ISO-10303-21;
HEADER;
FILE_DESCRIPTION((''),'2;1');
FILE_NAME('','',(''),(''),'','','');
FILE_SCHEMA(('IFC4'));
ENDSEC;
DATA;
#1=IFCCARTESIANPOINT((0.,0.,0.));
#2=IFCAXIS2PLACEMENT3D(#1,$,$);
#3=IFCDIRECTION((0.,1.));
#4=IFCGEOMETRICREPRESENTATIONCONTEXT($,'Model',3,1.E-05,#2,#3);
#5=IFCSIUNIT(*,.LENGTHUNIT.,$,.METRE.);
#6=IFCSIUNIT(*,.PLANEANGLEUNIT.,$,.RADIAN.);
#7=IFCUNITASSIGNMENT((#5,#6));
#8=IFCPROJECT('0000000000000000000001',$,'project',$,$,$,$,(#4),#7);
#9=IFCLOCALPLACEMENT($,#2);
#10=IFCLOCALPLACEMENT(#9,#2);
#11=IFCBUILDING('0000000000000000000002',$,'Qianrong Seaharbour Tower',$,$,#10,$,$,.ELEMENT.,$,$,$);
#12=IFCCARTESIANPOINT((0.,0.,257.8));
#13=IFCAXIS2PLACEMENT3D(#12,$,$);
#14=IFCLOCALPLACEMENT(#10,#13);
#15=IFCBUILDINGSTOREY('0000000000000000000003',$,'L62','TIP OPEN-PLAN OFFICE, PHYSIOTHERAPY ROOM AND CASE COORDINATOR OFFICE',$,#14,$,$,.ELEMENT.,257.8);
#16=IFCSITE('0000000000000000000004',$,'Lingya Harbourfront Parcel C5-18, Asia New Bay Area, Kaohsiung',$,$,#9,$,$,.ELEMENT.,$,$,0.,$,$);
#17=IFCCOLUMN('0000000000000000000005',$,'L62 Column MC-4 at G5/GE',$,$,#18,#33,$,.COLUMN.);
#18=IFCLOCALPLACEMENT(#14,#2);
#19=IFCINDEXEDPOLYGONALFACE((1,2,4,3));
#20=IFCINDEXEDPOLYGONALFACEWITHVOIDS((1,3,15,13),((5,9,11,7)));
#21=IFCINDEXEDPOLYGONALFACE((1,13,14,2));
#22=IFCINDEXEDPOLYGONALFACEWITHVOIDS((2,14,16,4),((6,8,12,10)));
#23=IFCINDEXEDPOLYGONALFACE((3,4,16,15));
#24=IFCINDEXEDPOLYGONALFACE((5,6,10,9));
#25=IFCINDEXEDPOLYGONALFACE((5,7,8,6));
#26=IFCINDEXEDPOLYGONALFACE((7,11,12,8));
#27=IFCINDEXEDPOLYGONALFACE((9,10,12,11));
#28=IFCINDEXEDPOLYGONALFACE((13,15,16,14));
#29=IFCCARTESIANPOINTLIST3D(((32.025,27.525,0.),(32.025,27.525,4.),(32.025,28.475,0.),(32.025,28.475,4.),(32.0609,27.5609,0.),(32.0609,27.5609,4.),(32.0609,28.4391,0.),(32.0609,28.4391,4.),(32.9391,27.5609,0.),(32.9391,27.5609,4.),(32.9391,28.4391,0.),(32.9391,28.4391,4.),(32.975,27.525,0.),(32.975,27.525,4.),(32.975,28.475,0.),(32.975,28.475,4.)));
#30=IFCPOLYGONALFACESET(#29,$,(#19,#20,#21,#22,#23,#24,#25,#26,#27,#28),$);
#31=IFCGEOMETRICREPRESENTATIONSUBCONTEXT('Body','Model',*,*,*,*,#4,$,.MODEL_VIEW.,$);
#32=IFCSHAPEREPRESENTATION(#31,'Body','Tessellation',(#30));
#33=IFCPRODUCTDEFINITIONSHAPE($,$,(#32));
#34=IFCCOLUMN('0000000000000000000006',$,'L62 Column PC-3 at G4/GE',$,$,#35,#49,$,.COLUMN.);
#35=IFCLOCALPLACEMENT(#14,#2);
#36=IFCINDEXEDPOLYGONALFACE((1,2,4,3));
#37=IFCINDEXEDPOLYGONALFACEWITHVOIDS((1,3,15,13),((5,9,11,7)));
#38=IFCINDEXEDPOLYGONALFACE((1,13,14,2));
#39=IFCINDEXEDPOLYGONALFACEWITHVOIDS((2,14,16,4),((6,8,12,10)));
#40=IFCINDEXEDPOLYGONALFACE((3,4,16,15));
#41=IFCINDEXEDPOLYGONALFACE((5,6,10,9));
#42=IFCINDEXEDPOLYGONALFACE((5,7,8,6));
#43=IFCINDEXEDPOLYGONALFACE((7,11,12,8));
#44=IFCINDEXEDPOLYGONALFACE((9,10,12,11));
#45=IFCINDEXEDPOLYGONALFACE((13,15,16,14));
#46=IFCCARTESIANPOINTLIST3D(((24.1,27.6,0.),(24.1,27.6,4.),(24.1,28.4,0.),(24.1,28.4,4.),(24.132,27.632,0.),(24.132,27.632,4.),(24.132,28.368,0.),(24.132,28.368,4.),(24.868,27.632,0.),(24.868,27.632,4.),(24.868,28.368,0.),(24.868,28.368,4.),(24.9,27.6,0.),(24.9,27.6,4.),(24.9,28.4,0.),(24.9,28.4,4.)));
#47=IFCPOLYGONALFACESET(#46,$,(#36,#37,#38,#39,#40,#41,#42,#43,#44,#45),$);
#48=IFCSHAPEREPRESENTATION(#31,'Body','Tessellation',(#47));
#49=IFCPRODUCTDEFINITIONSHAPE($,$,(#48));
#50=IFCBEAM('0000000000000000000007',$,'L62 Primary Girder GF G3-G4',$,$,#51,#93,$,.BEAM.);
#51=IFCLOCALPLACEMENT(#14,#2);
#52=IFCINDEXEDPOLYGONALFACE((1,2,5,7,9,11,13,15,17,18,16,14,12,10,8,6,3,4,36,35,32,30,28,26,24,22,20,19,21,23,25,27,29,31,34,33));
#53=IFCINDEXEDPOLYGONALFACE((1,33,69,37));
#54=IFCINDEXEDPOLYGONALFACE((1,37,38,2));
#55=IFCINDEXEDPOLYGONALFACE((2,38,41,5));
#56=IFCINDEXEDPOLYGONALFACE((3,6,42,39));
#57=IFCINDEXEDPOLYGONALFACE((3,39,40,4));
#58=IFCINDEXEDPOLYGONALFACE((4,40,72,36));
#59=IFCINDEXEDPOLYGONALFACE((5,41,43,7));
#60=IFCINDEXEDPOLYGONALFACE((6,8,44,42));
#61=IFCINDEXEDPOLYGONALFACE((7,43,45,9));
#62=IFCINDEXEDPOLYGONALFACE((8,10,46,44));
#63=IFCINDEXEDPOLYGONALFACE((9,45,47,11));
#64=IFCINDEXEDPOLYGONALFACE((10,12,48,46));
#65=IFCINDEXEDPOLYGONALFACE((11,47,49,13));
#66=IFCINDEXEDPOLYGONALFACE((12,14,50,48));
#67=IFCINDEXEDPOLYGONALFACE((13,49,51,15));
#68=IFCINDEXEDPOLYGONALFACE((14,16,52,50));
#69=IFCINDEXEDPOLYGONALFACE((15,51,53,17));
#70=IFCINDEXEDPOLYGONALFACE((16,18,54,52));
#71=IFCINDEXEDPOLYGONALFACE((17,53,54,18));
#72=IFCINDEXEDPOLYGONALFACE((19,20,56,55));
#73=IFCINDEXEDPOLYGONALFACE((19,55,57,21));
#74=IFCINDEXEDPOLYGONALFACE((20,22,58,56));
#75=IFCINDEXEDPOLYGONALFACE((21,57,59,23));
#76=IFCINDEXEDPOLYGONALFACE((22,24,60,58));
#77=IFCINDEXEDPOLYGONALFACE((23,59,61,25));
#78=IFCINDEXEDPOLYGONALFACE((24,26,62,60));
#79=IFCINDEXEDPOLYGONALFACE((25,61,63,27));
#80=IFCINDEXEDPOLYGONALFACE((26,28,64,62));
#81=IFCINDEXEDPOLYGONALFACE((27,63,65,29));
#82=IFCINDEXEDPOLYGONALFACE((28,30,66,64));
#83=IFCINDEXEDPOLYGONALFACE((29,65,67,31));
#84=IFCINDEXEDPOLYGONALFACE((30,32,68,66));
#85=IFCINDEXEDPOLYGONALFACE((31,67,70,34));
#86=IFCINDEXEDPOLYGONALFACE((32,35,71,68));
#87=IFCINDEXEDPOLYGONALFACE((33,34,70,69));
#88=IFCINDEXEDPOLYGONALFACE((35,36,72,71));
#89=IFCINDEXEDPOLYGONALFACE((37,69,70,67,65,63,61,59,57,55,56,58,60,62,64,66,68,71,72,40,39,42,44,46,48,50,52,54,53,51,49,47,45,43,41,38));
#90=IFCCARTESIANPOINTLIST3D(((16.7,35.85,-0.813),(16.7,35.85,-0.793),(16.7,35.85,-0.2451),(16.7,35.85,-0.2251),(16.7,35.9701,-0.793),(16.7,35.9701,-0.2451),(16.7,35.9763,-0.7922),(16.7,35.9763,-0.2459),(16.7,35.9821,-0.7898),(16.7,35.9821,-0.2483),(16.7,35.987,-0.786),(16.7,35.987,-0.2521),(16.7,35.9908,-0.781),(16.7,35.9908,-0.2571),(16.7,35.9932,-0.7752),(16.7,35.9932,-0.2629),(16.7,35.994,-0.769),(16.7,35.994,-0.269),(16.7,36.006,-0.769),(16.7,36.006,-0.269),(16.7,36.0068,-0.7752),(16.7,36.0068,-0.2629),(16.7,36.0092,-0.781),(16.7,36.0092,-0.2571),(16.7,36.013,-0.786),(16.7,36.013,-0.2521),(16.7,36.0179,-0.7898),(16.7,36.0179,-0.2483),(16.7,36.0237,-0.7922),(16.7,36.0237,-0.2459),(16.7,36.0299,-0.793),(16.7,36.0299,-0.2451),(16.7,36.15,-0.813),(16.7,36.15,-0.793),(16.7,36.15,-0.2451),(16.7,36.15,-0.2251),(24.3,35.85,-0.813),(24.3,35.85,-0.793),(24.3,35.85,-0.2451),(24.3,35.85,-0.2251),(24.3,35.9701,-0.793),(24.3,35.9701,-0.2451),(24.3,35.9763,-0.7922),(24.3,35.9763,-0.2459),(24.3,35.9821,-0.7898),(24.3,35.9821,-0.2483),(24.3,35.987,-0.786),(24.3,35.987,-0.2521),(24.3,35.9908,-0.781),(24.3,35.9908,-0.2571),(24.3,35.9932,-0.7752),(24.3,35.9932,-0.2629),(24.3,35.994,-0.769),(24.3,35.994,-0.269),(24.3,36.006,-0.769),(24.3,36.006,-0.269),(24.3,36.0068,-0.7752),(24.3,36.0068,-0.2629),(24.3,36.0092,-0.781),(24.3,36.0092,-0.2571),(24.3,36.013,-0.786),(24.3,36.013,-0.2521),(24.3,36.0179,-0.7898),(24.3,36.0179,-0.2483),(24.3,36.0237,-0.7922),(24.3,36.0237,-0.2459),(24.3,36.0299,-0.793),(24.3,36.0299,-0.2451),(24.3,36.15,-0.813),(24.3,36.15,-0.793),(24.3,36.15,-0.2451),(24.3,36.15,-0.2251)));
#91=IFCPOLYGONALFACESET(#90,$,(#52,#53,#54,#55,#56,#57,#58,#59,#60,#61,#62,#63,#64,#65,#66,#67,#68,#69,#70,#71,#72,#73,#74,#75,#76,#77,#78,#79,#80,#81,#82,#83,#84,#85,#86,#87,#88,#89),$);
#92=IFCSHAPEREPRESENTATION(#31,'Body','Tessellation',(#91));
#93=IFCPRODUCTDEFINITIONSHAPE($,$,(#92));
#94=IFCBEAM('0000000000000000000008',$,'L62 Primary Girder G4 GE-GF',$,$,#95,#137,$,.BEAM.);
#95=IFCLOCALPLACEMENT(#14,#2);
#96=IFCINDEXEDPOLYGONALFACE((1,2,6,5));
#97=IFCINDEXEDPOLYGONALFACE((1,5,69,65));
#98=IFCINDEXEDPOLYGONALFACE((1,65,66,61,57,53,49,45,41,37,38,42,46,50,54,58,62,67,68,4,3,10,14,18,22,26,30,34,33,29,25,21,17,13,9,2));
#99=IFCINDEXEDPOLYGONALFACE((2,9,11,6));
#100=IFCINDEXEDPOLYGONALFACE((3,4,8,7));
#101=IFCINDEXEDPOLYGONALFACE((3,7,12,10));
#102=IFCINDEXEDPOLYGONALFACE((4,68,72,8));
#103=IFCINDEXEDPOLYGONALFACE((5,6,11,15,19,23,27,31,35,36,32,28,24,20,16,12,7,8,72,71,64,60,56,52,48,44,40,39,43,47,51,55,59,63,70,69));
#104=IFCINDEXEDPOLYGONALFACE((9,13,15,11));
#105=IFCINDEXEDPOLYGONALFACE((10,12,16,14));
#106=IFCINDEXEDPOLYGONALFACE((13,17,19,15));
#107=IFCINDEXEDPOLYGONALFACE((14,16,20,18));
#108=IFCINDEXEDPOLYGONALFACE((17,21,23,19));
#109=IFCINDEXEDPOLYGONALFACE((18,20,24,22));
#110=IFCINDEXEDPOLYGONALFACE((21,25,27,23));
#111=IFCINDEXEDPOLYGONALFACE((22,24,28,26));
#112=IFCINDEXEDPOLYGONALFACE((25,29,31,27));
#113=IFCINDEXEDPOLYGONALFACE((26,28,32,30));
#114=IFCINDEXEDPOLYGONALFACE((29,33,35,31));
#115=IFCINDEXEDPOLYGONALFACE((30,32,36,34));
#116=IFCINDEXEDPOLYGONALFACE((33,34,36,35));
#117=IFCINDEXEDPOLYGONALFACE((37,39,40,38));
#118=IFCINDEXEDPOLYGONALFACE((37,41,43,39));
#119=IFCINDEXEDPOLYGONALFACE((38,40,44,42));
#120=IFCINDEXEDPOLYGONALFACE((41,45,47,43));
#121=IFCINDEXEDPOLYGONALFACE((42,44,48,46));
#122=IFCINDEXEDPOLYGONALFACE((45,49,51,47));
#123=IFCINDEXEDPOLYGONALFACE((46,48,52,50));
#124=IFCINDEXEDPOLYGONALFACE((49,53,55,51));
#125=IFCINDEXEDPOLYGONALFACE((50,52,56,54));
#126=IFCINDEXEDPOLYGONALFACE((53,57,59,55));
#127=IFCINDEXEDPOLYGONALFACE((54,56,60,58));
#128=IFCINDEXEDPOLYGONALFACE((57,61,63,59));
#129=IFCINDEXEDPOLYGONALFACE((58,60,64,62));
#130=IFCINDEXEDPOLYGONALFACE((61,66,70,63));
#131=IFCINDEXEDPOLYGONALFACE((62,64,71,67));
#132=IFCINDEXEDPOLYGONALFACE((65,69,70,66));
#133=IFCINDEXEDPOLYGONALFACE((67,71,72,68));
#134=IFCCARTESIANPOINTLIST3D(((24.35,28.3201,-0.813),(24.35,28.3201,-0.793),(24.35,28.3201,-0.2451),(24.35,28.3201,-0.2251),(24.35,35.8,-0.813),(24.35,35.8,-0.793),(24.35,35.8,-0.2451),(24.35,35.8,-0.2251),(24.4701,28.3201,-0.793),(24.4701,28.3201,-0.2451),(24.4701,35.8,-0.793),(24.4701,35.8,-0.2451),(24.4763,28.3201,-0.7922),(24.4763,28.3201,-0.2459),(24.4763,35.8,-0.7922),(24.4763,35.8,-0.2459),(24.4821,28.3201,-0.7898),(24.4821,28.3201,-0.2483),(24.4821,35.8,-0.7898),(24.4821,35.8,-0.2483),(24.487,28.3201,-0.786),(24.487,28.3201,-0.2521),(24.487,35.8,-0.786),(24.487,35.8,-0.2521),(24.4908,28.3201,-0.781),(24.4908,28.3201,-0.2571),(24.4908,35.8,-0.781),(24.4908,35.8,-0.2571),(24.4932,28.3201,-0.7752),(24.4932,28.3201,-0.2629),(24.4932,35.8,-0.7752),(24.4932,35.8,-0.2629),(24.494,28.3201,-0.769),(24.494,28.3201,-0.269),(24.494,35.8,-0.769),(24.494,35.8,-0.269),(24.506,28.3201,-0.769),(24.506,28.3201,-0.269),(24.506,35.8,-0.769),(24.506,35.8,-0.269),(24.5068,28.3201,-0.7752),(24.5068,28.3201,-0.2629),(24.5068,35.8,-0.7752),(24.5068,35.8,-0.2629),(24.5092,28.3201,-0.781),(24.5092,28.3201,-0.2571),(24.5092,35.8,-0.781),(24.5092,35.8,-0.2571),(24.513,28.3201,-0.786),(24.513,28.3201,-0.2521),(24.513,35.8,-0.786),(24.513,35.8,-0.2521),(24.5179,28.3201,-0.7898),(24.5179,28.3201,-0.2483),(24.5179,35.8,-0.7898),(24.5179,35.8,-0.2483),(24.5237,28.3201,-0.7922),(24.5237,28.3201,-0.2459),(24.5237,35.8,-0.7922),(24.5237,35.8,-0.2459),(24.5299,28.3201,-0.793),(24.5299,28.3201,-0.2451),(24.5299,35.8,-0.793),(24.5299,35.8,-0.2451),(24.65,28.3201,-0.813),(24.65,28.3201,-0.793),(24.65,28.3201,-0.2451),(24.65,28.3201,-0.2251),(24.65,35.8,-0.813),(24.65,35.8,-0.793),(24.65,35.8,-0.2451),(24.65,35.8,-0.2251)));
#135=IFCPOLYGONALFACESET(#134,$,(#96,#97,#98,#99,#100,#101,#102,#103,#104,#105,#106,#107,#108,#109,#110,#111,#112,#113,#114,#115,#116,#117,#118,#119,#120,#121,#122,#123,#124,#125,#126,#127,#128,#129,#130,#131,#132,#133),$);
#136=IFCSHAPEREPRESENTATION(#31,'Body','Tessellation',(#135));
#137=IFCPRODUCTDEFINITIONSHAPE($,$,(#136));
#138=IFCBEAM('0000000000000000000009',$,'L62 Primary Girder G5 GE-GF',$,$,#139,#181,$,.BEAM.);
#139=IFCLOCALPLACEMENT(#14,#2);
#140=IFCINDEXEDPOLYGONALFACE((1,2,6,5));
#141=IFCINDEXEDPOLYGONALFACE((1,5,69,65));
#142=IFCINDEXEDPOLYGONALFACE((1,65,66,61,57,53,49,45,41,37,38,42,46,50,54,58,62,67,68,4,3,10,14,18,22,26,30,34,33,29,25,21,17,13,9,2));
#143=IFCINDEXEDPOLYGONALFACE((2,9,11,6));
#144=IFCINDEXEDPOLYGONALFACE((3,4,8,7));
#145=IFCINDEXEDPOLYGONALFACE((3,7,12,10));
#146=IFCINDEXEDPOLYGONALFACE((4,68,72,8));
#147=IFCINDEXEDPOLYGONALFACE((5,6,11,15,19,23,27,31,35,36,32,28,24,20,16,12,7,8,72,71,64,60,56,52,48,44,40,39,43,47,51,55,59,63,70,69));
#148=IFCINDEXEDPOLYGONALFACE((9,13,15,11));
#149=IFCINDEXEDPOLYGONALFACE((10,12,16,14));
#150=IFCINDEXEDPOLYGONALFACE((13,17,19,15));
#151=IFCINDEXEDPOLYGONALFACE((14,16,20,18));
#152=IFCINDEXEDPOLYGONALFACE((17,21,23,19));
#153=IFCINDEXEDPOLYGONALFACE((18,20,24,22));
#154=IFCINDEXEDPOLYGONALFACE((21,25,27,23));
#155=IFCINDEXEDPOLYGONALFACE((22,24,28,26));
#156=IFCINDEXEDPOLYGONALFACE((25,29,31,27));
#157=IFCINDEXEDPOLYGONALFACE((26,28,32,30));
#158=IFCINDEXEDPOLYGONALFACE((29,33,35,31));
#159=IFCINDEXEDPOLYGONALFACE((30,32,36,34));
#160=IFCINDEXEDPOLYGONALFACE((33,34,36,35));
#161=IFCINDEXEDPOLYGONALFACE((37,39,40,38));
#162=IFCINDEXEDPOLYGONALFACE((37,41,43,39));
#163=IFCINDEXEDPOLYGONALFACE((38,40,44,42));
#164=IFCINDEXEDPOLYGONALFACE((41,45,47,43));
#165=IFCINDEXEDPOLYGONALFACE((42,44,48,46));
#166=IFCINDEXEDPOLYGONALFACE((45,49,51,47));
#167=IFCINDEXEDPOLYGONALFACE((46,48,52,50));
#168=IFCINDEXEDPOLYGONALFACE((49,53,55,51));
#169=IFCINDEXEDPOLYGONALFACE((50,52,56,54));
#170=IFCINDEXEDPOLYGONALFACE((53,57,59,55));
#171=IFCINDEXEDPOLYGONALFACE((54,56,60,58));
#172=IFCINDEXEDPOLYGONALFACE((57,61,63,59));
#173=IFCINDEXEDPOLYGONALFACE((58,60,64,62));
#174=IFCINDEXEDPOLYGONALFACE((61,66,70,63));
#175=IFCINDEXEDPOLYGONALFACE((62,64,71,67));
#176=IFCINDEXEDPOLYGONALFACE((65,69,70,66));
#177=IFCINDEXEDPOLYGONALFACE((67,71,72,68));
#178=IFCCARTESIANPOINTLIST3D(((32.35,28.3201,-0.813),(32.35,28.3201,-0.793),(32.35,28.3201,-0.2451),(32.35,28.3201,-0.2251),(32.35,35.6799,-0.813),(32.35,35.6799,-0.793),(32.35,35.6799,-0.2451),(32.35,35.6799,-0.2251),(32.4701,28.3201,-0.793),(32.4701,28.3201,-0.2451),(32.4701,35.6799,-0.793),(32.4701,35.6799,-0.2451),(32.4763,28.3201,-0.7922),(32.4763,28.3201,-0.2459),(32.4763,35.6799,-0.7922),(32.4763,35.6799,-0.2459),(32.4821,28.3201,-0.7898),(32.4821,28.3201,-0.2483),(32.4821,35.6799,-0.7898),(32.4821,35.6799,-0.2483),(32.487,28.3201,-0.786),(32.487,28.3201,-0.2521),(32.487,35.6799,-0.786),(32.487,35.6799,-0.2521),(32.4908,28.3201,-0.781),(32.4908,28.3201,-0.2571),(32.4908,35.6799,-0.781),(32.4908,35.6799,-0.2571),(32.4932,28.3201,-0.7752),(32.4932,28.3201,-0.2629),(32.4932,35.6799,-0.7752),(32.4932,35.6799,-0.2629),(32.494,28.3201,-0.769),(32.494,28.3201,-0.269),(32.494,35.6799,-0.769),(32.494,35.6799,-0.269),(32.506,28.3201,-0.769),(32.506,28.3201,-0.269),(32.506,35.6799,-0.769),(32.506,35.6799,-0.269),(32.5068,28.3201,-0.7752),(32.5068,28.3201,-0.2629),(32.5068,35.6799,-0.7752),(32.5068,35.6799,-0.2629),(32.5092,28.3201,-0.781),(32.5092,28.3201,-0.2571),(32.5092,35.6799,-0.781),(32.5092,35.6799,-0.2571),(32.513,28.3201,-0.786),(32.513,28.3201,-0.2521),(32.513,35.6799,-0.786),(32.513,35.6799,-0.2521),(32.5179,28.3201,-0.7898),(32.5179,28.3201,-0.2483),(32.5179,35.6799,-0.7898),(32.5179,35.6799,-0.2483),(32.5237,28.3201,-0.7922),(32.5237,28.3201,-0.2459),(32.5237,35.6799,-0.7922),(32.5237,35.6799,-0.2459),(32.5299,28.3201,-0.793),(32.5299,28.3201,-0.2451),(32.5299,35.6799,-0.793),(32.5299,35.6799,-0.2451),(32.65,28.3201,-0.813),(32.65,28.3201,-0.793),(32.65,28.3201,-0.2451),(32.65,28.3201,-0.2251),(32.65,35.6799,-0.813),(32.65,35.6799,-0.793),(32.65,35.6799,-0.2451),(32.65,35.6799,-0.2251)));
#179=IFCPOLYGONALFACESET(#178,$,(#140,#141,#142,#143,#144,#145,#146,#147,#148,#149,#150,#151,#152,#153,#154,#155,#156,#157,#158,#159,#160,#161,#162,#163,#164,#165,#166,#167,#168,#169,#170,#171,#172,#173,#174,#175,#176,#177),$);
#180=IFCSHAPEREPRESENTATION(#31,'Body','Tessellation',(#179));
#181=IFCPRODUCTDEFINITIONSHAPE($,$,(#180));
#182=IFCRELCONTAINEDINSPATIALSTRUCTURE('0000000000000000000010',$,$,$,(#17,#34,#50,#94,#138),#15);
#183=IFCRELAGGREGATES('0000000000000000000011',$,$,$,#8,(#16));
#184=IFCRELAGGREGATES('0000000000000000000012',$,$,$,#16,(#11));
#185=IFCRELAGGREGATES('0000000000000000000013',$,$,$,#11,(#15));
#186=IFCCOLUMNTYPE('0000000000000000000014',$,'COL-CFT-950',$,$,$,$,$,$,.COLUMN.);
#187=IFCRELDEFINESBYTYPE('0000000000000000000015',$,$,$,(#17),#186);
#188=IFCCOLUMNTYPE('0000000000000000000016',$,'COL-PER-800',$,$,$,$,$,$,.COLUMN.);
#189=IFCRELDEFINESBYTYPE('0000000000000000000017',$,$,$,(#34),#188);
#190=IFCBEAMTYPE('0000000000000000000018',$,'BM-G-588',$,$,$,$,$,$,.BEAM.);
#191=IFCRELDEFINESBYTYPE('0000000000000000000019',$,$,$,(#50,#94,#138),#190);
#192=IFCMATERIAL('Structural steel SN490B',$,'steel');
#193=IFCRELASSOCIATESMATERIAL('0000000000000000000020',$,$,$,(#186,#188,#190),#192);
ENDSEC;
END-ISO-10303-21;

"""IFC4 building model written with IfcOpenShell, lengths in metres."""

from ifc_helpers import new_model, si_unit, direction, frame, origin, origin_2d, place, context, subcontext, project, spatial, hollow_rectangle, i_section, extrude, material, material_profile, profile_set, type_object, element, save


model = new_model("IFC4")

# Units and contexts
model_context = context("Model", 3, precision=1e-05, world=origin(), true_north=direction((0.0, 1.0)))
body_context = subcontext(model_context, "Body", "Model", "MODEL_VIEW")
ifc_project = project(units=[si_unit("LENGTHUNIT", "METRE"), si_unit("PLANEANGLEUNIT", "RADIAN")], contexts=[model_context])

# Site, building, storey
site_placement = place(None, origin())
site = spatial("IfcSite", under=ifc_project, at=site_placement, Name="Lingya Harbourfront Parcel C5-18, Asia New Bay Area, Kaohsiung", CompositionType="ELEMENT", RefElevation=0.0)
building_placement = place(site_placement, origin())
building = spatial("IfcBuilding", under=site, at=building_placement, Name="Qianrong Seaharbour Tower", CompositionType="ELEMENT")
storey_placement = place(building_placement, frame((0.0, 0.0, 257.8)))
storey = spatial("IfcBuildingStorey", under=building, at=storey_placement, Name="L62", Description="TIP OPEN-PLAN OFFICE, PHYSIOTHERAPY ROOM AND CASE COORDINATOR OFFICE", CompositionType="ELEMENT", Elevation=257.8)

# Columns
ifc_material_1 = material(Name="Structural steel SN490B", Category="steel")
ifc_material_profile_1 = material_profile(ifc_material_1, hollow_rectangle(XDim=0.95, YDim=0.95, WallThickness=0.0359, at=origin_2d()), Name="BOX950x950x36")
ifc_profile_set_1 = profile_set([ifc_material_profile_1], Name="Structural steel SN490B")
column_type_1 = type_object("IfcColumnType", Name="COL-CFT-950", PredefinedType="COLUMN", material=ifc_profile_set_1)
column_1_placement = place(storey_placement, frame((32.5, 28.0, 0.0), z_axis=(0.0, 0.0, 1.0), x_axis=(1.0, 0.0, 0.0)))
element("IfcColumn", 1, at=column_1_placement, inside=storey, type_object=column_type_1, Name="L62 Column MC-4 at G5/GE", PredefinedType="COLUMN", context=body_context, shape_type="SweptSolid", body=[
    extrude(hollow_rectangle(XDim=0.95, YDim=0.95, WallThickness=0.0359, at=origin_2d()), origin(), (0.0, 0.0, 1.0), 4.0),
])
ifc_material_profile_2 = material_profile(ifc_material_1, hollow_rectangle(XDim=0.8, YDim=0.8, WallThickness=0.032, at=origin_2d()), Name="BOX800x800x32")
ifc_profile_set_2 = profile_set([ifc_material_profile_2], Name="Structural steel SN490B")
column_type_2 = type_object("IfcColumnType", Name="COL-PER-800", PredefinedType="COLUMN", material=ifc_profile_set_2)
column_2_placement = place(storey_placement, frame((24.5, 28.0, 0.0), z_axis=(0.0, 0.0, 1.0), x_axis=(1.0, 0.0, 0.0)))
element("IfcColumn", 2, at=column_2_placement, inside=storey, type_object=column_type_2, Name="L62 Column PC-3 at G4/GE", PredefinedType="COLUMN", context=body_context, shape_type="SweptSolid", body=[
    extrude(hollow_rectangle(XDim=0.8, YDim=0.8, WallThickness=0.032, at=origin_2d()), origin(), (0.0, 0.0, 1.0), 4.0),
])

# Beams
ifc_material_profile_3 = material_profile(ifc_material_1, i_section(OverallWidth=0.3, OverallDepth=0.5879, WebThickness=0.012, FlangeThickness=0.02, FilletRadius=0.0239, at=origin_2d()), Name="H588x300x12x20")
ifc_profile_set_3 = profile_set([ifc_material_profile_3], Name="Structural steel SN490B")
beam_type_1 = type_object("IfcBeamType", Name="BM-G-588", PredefinedType="BEAM", material=ifc_profile_set_3)
beam_1_placement = place(storey_placement, frame((16.7, 36.0, -0.519), z_axis=(1.0, 0.0, 0.0), x_axis=(0.0, 1.0, 0.0)))
element("IfcBeam", 3, at=beam_1_placement, inside=storey, type_object=beam_type_1, Name="L62 Primary Girder GF G3-G4", PredefinedType="BEAM", context=body_context, shape_type="SweptSolid", body=[
    extrude(i_section(OverallWidth=0.3, OverallDepth=0.5879, WebThickness=0.012, FlangeThickness=0.02, FilletRadius=0.0239, at=origin_2d()), origin(), (0.0, 0.0, 1.0), 7.6001),
])
beam_2_placement = place(storey_placement, frame((24.5, 28.3201, -0.519), z_axis=(0.0, 1.0, 0.0), x_axis=(-1.0, 0.0, 0.0)))
element("IfcBeam", 4, at=beam_2_placement, inside=storey, type_object=beam_type_1, Name="L62 Primary Girder G4 GE-GF", PredefinedType="BEAM", context=body_context, shape_type="SweptSolid", body=[
    extrude(i_section(OverallWidth=0.3, OverallDepth=0.5879, WebThickness=0.012, FlangeThickness=0.02, FilletRadius=0.0239, at=origin_2d()), origin(), (0.0, 0.0, 1.0), 7.48),
])
beam_3_placement = place(storey_placement, frame((32.5, 28.3201, -0.519), z_axis=(0.0, 1.0, 0.0), x_axis=(-1.0, 0.0, 0.0)))
element("IfcBeam", 5, at=beam_3_placement, inside=storey, type_object=beam_type_1, Name="L62 Primary Girder G5 GE-GF", PredefinedType="BEAM", context=body_context, shape_type="SweptSolid", body=[
    extrude(i_section(OverallWidth=0.3, OverallDepth=0.5879, WebThickness=0.012, FlangeThickness=0.02, FilletRadius=0.0239, at=origin_2d()), origin(), (0.0, 0.0, 1.0), 7.3599),
])

save(model, "model.ifc")
